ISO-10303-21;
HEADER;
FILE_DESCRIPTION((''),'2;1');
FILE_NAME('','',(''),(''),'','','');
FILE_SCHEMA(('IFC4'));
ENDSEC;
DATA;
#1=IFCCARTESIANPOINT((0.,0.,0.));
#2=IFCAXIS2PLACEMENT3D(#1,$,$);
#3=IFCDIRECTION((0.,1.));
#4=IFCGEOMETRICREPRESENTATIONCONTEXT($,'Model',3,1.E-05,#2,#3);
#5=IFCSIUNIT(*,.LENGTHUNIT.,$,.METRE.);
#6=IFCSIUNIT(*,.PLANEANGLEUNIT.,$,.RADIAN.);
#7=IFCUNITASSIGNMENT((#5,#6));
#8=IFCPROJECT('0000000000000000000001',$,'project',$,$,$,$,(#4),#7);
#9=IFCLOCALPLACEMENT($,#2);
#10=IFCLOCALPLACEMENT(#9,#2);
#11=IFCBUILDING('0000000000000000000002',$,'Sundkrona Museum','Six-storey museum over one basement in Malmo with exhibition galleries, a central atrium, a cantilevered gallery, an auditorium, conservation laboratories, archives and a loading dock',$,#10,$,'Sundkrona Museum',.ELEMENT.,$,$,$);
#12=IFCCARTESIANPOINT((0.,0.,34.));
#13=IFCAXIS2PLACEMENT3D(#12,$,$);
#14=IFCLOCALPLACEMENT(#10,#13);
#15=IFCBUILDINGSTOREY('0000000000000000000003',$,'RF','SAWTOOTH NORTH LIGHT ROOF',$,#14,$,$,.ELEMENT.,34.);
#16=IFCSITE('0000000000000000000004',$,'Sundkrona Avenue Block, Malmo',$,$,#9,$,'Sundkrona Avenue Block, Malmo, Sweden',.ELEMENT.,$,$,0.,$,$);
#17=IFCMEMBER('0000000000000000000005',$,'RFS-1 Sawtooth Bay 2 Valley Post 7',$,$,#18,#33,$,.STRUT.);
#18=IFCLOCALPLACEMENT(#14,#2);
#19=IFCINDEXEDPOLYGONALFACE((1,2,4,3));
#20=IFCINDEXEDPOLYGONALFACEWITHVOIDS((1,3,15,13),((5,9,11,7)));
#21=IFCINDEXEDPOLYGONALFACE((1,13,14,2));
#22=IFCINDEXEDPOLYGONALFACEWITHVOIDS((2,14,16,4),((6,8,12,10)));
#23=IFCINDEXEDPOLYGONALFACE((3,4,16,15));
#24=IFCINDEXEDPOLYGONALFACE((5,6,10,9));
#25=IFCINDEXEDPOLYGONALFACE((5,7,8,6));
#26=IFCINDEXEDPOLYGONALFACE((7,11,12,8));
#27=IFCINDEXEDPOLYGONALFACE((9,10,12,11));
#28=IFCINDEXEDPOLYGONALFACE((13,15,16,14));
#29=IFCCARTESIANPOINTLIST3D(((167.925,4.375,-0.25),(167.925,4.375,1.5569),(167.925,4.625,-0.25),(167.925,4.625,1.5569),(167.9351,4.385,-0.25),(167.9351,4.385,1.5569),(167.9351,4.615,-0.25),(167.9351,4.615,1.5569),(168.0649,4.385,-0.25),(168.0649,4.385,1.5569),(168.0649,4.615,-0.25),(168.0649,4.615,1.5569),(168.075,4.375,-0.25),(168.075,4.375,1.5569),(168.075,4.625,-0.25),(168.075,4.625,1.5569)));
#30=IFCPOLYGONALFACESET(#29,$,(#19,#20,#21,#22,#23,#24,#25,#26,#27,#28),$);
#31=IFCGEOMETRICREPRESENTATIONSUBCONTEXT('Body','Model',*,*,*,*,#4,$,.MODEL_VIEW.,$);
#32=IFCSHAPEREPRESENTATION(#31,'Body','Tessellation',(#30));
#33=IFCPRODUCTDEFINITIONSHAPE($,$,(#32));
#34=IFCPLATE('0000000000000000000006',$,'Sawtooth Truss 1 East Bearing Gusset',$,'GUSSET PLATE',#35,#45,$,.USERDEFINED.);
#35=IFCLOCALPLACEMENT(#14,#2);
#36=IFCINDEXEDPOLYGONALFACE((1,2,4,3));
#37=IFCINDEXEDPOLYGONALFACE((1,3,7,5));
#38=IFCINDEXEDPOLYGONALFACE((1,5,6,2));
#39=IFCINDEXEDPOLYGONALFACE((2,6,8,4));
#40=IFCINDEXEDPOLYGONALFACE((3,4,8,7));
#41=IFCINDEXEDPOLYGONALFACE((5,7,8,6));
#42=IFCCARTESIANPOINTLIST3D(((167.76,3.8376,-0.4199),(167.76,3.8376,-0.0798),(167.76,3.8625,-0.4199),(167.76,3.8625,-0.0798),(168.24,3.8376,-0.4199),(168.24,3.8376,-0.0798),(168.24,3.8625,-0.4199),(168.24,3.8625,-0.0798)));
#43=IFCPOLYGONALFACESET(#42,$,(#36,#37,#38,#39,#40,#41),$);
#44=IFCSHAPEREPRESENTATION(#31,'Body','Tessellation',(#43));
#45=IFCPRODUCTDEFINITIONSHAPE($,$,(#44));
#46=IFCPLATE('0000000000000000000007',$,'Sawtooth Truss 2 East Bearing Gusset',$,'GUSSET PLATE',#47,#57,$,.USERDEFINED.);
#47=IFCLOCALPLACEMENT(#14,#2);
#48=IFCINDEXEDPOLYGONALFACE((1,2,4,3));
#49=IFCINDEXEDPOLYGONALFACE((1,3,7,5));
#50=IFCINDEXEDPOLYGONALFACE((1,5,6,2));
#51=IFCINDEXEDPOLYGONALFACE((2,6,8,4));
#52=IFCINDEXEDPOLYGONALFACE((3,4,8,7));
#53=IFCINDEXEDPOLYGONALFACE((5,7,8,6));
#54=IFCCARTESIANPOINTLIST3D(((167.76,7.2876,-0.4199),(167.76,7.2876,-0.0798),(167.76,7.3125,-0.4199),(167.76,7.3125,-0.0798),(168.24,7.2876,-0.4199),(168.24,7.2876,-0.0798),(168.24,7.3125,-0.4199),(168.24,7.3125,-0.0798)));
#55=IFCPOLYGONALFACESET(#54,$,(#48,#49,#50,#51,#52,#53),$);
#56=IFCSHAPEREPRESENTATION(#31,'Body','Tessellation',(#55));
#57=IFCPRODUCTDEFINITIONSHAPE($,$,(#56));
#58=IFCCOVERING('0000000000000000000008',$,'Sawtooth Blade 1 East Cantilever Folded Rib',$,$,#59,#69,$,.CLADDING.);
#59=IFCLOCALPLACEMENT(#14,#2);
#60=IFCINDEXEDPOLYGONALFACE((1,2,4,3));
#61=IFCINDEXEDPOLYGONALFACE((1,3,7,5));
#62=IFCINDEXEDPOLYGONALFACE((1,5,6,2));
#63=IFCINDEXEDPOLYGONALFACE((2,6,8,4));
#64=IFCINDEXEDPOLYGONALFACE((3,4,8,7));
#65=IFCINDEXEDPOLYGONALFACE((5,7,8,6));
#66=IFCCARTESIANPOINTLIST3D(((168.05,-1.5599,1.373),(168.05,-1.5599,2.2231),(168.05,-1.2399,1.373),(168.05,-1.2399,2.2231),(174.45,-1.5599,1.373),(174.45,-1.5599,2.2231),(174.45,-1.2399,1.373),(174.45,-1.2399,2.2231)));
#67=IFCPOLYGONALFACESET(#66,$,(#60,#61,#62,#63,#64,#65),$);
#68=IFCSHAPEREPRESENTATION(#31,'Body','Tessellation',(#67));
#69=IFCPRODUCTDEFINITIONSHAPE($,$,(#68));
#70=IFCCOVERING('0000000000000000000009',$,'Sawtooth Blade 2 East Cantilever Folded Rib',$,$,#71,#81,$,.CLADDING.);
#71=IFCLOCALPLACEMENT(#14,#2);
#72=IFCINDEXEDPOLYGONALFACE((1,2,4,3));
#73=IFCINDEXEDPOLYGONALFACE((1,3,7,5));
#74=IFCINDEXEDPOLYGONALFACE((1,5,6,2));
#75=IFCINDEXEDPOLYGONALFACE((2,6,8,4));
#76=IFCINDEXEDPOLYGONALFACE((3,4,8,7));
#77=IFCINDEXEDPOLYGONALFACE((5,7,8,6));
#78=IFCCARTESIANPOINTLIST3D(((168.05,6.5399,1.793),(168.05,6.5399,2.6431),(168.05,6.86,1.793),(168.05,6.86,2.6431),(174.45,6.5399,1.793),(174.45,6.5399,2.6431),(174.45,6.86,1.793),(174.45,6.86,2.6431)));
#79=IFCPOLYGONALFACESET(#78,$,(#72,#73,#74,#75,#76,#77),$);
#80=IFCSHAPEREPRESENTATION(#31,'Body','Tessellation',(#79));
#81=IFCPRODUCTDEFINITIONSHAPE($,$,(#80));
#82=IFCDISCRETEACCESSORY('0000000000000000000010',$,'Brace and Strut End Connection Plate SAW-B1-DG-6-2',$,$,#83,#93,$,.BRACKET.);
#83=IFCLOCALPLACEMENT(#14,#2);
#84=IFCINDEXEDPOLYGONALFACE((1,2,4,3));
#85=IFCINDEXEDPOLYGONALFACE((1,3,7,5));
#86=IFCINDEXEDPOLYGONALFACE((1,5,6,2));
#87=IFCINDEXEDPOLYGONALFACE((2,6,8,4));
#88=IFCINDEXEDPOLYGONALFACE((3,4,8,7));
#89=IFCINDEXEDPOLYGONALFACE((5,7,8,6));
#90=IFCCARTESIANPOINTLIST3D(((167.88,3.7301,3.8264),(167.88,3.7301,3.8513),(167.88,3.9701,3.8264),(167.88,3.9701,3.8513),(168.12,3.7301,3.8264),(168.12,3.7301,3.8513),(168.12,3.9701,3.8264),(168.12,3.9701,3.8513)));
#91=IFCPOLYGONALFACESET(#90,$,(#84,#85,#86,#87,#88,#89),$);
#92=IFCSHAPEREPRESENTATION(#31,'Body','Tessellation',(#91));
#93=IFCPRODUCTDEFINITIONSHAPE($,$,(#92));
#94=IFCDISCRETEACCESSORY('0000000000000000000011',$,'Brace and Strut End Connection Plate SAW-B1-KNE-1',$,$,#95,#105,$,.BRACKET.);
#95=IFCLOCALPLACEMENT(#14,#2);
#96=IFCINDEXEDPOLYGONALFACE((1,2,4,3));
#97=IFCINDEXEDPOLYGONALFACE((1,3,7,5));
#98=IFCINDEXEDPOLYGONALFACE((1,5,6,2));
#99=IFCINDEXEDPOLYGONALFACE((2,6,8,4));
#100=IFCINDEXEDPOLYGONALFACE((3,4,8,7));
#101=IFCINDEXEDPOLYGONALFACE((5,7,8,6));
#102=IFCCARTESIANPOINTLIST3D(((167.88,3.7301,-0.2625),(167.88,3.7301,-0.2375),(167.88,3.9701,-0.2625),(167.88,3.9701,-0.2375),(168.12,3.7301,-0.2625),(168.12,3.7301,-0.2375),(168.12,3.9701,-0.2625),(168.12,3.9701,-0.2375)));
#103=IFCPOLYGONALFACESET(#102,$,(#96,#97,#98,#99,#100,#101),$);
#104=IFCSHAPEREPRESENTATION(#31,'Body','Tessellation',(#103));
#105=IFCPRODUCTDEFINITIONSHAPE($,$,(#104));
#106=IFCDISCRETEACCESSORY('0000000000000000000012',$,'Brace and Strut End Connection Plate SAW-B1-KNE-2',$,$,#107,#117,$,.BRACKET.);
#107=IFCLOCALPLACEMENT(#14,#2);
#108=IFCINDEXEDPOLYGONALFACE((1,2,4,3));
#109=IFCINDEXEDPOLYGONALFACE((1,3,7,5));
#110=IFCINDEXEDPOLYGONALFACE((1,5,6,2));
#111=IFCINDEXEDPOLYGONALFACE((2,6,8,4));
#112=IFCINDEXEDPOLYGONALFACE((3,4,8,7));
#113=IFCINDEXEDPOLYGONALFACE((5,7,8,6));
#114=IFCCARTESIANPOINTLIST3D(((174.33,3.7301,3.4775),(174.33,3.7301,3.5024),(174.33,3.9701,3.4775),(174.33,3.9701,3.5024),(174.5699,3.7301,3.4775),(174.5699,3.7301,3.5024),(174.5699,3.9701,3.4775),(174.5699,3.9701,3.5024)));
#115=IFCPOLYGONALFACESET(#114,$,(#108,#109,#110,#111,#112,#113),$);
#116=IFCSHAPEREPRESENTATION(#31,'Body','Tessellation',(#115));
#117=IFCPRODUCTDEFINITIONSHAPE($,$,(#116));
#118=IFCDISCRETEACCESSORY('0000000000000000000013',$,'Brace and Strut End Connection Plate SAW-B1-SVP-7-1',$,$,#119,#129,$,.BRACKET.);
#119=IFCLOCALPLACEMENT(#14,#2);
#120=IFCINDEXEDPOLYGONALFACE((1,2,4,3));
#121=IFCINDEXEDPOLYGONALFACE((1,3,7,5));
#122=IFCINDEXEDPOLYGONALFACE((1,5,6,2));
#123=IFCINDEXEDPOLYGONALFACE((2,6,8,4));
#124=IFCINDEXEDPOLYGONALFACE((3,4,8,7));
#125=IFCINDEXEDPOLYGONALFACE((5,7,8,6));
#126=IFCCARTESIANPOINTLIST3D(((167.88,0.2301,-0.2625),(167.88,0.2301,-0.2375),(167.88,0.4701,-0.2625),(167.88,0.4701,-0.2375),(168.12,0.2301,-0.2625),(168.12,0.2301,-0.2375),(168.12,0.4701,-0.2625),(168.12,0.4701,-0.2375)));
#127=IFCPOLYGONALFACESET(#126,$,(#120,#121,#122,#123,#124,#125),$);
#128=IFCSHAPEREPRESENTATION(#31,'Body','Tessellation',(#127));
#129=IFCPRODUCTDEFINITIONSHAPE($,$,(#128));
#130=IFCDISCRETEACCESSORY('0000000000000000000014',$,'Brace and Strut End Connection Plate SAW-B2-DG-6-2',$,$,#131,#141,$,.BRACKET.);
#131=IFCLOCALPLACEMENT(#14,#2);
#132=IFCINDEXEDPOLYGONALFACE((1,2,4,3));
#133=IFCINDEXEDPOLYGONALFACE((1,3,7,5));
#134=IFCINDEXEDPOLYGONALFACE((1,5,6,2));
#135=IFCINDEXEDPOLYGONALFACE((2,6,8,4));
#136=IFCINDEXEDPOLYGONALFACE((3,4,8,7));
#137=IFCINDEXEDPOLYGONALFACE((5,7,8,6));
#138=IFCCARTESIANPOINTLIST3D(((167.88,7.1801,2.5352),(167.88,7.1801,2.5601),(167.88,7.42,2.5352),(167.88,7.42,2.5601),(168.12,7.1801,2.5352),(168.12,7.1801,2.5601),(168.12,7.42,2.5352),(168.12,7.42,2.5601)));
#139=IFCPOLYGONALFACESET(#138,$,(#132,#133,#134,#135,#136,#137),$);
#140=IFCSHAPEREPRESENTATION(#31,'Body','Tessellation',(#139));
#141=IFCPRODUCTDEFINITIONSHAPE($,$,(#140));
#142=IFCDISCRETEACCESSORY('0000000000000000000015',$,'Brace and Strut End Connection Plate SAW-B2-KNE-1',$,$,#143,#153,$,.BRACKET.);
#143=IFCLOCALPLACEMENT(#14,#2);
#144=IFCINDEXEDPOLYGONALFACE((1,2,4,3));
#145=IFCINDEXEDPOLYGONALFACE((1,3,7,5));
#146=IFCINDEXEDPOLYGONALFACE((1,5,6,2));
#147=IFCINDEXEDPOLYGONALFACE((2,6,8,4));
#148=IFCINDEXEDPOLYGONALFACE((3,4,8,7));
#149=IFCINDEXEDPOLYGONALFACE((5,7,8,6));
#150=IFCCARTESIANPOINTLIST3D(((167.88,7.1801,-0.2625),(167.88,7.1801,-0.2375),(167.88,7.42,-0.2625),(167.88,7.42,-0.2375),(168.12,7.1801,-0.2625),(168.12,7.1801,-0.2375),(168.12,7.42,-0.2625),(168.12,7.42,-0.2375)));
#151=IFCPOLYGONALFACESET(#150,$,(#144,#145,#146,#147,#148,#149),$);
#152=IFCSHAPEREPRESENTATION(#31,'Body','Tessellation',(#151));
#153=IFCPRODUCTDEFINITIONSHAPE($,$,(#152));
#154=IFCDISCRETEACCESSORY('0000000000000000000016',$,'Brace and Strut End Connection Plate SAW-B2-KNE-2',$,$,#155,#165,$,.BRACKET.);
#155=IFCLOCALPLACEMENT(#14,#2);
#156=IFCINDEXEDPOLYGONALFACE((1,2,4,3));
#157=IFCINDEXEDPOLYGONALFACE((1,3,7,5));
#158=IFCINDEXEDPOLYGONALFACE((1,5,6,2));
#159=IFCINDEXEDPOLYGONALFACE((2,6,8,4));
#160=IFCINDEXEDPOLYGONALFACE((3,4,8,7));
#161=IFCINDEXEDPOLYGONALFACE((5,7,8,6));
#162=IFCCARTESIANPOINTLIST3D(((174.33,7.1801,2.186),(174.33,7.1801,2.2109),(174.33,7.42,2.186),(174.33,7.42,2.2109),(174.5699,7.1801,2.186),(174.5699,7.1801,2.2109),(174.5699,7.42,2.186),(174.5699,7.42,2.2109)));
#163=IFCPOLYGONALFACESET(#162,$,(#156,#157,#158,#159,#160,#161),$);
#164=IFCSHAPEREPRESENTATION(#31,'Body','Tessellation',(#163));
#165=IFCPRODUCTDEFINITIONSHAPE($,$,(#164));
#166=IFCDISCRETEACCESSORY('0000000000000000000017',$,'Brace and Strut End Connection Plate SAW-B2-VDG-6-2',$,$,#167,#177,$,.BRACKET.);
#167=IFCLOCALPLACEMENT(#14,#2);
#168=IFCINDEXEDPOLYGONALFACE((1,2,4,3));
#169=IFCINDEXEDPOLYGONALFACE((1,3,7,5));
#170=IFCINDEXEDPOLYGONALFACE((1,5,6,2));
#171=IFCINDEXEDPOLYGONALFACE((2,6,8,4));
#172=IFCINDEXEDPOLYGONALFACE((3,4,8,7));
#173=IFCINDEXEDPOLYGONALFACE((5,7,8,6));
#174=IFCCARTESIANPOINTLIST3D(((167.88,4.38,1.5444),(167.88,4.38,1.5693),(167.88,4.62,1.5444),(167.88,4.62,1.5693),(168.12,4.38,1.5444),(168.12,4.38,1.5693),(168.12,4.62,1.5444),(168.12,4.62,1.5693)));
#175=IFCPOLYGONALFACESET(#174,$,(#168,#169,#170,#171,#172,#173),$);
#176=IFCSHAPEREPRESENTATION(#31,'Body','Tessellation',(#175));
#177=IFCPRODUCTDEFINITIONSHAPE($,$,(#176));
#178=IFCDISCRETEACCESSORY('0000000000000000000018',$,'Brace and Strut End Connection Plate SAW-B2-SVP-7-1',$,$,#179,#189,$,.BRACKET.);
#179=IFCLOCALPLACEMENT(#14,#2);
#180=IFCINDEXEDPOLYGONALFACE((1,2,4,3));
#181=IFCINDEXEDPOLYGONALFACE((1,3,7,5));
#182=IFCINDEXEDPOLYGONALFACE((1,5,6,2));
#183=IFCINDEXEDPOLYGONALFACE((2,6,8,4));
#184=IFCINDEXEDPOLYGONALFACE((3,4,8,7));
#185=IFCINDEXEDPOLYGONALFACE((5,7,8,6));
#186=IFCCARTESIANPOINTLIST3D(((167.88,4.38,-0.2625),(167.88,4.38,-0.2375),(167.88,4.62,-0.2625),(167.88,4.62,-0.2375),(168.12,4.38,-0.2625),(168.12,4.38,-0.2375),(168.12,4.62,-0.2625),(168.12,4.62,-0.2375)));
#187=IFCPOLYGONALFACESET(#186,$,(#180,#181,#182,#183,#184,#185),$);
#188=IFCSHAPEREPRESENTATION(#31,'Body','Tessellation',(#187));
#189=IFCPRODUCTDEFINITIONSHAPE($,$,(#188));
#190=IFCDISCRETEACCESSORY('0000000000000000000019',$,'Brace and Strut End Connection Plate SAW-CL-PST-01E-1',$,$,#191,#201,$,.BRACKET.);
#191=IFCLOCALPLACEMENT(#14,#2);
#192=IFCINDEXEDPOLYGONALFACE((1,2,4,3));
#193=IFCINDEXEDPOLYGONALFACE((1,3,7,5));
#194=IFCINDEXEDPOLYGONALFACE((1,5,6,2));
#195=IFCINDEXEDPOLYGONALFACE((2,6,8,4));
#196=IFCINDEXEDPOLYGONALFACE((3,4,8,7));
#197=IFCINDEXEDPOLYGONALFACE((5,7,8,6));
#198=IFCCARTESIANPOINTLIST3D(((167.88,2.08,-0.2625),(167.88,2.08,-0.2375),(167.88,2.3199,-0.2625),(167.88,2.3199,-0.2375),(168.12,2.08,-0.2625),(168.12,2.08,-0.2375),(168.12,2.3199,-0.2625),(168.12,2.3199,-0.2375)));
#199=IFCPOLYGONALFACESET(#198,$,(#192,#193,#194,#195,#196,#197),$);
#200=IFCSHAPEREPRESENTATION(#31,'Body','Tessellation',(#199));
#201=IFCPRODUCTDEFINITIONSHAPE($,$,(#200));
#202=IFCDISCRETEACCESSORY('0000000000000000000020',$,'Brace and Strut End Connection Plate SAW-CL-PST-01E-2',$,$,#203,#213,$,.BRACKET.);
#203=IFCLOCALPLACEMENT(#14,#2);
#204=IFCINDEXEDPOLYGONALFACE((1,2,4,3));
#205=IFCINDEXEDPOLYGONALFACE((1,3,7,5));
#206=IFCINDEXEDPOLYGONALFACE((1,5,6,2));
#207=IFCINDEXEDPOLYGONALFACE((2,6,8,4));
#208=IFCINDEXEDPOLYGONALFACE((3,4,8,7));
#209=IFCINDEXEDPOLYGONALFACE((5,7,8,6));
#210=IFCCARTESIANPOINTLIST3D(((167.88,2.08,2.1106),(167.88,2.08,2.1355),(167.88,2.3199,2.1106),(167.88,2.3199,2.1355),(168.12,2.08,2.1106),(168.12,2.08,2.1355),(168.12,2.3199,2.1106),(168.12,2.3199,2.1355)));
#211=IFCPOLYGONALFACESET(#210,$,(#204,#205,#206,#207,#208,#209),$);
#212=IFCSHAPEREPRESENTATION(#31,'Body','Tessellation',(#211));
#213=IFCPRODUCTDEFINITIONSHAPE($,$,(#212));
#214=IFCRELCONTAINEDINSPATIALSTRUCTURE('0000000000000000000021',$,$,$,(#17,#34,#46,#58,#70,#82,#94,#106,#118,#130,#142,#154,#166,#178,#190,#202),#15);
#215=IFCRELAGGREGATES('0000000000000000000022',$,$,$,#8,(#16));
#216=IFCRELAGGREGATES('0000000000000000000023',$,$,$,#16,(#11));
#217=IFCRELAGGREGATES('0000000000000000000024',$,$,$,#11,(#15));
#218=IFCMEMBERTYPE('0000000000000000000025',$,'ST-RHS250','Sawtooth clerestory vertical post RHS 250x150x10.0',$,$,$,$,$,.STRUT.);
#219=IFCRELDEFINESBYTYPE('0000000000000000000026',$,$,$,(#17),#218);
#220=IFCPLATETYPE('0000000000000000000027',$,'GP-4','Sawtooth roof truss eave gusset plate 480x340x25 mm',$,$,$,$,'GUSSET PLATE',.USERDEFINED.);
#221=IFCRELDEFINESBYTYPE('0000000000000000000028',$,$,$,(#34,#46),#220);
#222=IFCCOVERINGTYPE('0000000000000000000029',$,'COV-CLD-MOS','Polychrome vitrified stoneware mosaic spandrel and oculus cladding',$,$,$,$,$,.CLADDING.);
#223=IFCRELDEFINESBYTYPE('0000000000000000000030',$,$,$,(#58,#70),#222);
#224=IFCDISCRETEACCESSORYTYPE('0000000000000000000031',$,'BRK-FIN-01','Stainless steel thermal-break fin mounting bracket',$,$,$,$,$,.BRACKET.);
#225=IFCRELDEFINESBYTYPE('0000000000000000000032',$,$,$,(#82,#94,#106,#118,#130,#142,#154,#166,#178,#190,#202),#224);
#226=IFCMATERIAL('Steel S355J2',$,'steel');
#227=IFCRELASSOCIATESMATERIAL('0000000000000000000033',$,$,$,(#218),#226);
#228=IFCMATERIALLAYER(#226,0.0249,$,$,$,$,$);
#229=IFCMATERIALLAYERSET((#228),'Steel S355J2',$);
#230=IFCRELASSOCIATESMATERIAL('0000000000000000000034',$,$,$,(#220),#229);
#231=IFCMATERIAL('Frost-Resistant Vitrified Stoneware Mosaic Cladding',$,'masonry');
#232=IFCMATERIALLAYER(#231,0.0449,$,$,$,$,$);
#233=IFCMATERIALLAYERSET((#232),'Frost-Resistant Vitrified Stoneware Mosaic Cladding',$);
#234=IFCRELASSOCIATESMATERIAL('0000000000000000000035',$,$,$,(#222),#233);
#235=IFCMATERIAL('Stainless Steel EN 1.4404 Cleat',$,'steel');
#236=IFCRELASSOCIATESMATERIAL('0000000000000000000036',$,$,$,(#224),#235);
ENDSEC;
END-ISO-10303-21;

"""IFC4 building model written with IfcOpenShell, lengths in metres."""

from ifc_helpers import new_model, si_unit, direction, frame, origin, origin_2d, place, context, subcontext, project, spatial, rectangle, hollow_rectangle, extrude, material, layer, layer_set, material_profile, profile_set, type_object, element, save


model = new_model("IFC4")

# Units and contexts
model_context = context("Model", 3, precision=1e-05, world=origin(), true_north=direction((0.0, 1.0)))
body_context = subcontext(model_context, "Body", "Model", "MODEL_VIEW")
ifc_project = project(units=[si_unit("LENGTHUNIT", "METRE"), si_unit("PLANEANGLEUNIT", "RADIAN")], contexts=[model_context])

# Site, building, storey
site_placement = place(None, origin())
site = spatial("IfcSite", under=ifc_project, at=site_placement, Name="Sundkrona Avenue Block, Malmo", LongName="Sundkrona Avenue Block, Malmo, Sweden", CompositionType="ELEMENT", RefElevation=0.0)
building_placement = place(site_placement, origin())
building = spatial("IfcBuilding", under=site, at=building_placement, Name="Sundkrona Museum", Description="Six-storey museum over one basement in Malmo with exhibition galleries, a central atrium, a cantilevered gallery, an auditorium, conservation laboratories, archives and a loading dock", LongName="Sundkrona Museum", CompositionType="ELEMENT")
storey_placement = place(building_placement, frame((0.0, 0.0, 34.0)))
storey = spatial("IfcBuildingStorey", under=building, at=storey_placement, Name="RF", Description="SAWTOOTH NORTH LIGHT ROOF", CompositionType="ELEMENT", Elevation=34.0)

# Member
ifc_material_1 = material(Name="Steel S355J2", Category="steel")
ifc_material_profile_1 = material_profile(ifc_material_1, hollow_rectangle(XDim=0.1499, YDim=0.25, WallThickness=0.01, at=origin_2d()), Name="RHS 250x150x10.0")
ifc_profile_set_1 = profile_set([ifc_material_profile_1], Name="Steel S355J2")
member_type_1 = type_object("IfcMemberType", Name="ST-RHS250", Description="Sawtooth clerestory vertical post RHS 250x150x10.0", PredefinedType="STRUT", material=ifc_profile_set_1)
member_1_placement = place(storey_placement, frame((168.0, 4.5, -0.25), z_axis=(0.0, 0.0, 1.0), x_axis=(1.0, 0.0, 0.0)))
element("IfcMember", 1, at=member_1_placement, inside=storey, type_object=member_type_1, Name="RFS-1 Sawtooth Bay 2 Valley Post 7", PredefinedType="STRUT", context=body_context, shape_type="SweptSolid", body=[
    extrude(hollow_rectangle(XDim=0.1499, YDim=0.25, WallThickness=0.01, at=origin_2d()), origin(), (0.0, 0.0, 1.0), 1.8069),
])

# Plates
ifc_layer_1 = layer(ifc_material_1, 0.0249)
ifc_layer_set_1 = layer_set([ifc_layer_1], Name="Steel S355J2")
plate_type = type_object("IfcPlateType", Name="GP-4", Description="Sawtooth roof truss eave gusset plate 480x340x25 mm", ElementType="GUSSET PLATE", PredefinedType="USERDEFINED", material=ifc_layer_set_1)
for number, where, z_axis, x_axis, name in (
    (2, (168.0, 3.8501, -0.4199), (0.0, 0.0, 1.0), (1.0, 0.0, 0.0), "Sawtooth Truss 1 East Bearing Gusset"),
    (3, (168.0, 7.3, -0.4199), (0.0, 0.0, 1.0), (1.0, 0.0, 0.0), "Sawtooth Truss 2 East Bearing Gusset"),
):
    element("IfcPlate", number, at=place(storey_placement, frame(where, z_axis=z_axis, x_axis=x_axis)), inside=storey, type_object=plate_type, Name=name, ObjectType="GUSSET PLATE", PredefinedType="USERDEFINED", context=body_context, shape_type="SweptSolid", body=[
        extrude(rectangle(XDim=0.48, YDim=0.0249, at=origin_2d()), origin(), (0.0, 0.0, 1.0), 0.3401),
    ])

# Coverings
ifc_material_2 = material(Name="Frost-Resistant Vitrified Stoneware Mosaic Cladding", Category="masonry")
ifc_layer_2 = layer(ifc_material_2, 0.0449)
ifc_layer_set_2 = layer_set([ifc_layer_2], Name="Frost-Resistant Vitrified Stoneware Mosaic Cladding")
covering_type = type_object("IfcCoveringType", Name="COV-CLD-MOS", Description="Polychrome vitrified stoneware mosaic spandrel and oculus cladding", PredefinedType="CLADDING", material=ifc_layer_set_2)
for number, where, z_axis, x_axis, name in (
    (4, (171.25, -1.3999, 1.373), (0.0, 0.0, 1.0), (1.0, 0.0, 0.0), "Sawtooth Blade 1 East Cantilever Folded Rib"),
    (5, (171.25, 6.7, 1.793), (0.0, 0.0, 1.0), (1.0, 0.0, 0.0), "Sawtooth Blade 2 East Cantilever Folded Rib"),
):
    element("IfcCovering", number, at=place(storey_placement, frame(where, z_axis=z_axis, x_axis=x_axis)), inside=storey, type_object=covering_type, Name=name, PredefinedType="CLADDING", context=body_context, shape_type="SweptSolid", body=[
        extrude(rectangle(XDim=6.3999, YDim=0.3201, at=origin_2d()), origin(), (0.0, 0.0, 1.0), 0.8501),
    ])

# Discrete accessories
ifc_material_3 = material(Name="Stainless Steel EN 1.4404 Cleat", Category="steel")
discrete_accessory_type = type_object("IfcDiscreteAccessoryType", Name="BRK-FIN-01", Description="Stainless steel thermal-break fin mounting bracket", PredefinedType="BRACKET", material=ifc_material_3)
for number, where, z_axis, x_axis, name in (
    (6, (168.0, 3.8501, 3.8264), (0.0, 0.0, 1.0), (1.0, 0.0, 0.0), "Brace and Strut End Connection Plate SAW-B1-DG-6-2"),
    (7, (168.0, 3.8501, -0.2625), (0.0, 0.0, 1.0), (1.0, 0.0, 0.0), "Brace and Strut End Connection Plate SAW-B1-KNE-1"),
    (8, (174.45, 3.8501, 3.4775), (0.0, 0.0, 1.0), (1.0, 0.0, 0.0), "Brace and Strut End Connection Plate SAW-B1-KNE-2"),
    (9, (168.0, 0.3501, -0.2625), (0.0, 0.0, 1.0), (1.0, 0.0, 0.0), "Brace and Strut End Connection Plate SAW-B1-SVP-7-1"),
    (10, (168.0, 7.3, 2.5352), (0.0, 0.0, 1.0), (1.0, 0.0, 0.0), "Brace and Strut End Connection Plate SAW-B2-DG-6-2"),
    (11, (168.0, 7.3, -0.2625), (0.0, 0.0, 1.0), (1.0, 0.0, 0.0), "Brace and Strut End Connection Plate SAW-B2-KNE-1"),
    (12, (174.45, 7.3, 2.186), (0.0, 0.0, 1.0), (1.0, 0.0, 0.0), "Brace and Strut End Connection Plate SAW-B2-KNE-2"),
    (13, (168.0, 4.5, 1.5444), (0.0, 0.0, 1.0), (1.0, 0.0, 0.0), "Brace and Strut End Connection Plate SAW-B2-VDG-6-2"),
    (14, (168.0, 4.5, -0.2625), (0.0, 0.0, 1.0), (1.0, 0.0, 0.0), "Brace and Strut End Connection Plate SAW-B2-SVP-7-1"),
    (15, (168.0, 2.2, -0.2625), (0.0, 0.0, 1.0), (1.0, 0.0, 0.0), "Brace and Strut End Connection Plate SAW-CL-PST-01E-1"),
    (16, (168.0, 2.2, 2.1106), (0.0, 0.0, 1.0), (1.0, 0.0, 0.0), "Brace and Strut End Connection Plate SAW-CL-PST-01E-2"),
):
    element("IfcDiscreteAccessory", number, at=place(storey_placement, frame(where, z_axis=z_axis, x_axis=x_axis)), inside=storey, type_object=discrete_accessory_type, Name=name, PredefinedType="BRACKET", context=body_context, shape_type="SweptSolid", body=[
        extrude(rectangle(XDim=0.24, YDim=0.24, at=origin_2d()), origin(), (0.0, 0.0, 1.0), 0.0249),
    ])

save(model, "model.ifc")
